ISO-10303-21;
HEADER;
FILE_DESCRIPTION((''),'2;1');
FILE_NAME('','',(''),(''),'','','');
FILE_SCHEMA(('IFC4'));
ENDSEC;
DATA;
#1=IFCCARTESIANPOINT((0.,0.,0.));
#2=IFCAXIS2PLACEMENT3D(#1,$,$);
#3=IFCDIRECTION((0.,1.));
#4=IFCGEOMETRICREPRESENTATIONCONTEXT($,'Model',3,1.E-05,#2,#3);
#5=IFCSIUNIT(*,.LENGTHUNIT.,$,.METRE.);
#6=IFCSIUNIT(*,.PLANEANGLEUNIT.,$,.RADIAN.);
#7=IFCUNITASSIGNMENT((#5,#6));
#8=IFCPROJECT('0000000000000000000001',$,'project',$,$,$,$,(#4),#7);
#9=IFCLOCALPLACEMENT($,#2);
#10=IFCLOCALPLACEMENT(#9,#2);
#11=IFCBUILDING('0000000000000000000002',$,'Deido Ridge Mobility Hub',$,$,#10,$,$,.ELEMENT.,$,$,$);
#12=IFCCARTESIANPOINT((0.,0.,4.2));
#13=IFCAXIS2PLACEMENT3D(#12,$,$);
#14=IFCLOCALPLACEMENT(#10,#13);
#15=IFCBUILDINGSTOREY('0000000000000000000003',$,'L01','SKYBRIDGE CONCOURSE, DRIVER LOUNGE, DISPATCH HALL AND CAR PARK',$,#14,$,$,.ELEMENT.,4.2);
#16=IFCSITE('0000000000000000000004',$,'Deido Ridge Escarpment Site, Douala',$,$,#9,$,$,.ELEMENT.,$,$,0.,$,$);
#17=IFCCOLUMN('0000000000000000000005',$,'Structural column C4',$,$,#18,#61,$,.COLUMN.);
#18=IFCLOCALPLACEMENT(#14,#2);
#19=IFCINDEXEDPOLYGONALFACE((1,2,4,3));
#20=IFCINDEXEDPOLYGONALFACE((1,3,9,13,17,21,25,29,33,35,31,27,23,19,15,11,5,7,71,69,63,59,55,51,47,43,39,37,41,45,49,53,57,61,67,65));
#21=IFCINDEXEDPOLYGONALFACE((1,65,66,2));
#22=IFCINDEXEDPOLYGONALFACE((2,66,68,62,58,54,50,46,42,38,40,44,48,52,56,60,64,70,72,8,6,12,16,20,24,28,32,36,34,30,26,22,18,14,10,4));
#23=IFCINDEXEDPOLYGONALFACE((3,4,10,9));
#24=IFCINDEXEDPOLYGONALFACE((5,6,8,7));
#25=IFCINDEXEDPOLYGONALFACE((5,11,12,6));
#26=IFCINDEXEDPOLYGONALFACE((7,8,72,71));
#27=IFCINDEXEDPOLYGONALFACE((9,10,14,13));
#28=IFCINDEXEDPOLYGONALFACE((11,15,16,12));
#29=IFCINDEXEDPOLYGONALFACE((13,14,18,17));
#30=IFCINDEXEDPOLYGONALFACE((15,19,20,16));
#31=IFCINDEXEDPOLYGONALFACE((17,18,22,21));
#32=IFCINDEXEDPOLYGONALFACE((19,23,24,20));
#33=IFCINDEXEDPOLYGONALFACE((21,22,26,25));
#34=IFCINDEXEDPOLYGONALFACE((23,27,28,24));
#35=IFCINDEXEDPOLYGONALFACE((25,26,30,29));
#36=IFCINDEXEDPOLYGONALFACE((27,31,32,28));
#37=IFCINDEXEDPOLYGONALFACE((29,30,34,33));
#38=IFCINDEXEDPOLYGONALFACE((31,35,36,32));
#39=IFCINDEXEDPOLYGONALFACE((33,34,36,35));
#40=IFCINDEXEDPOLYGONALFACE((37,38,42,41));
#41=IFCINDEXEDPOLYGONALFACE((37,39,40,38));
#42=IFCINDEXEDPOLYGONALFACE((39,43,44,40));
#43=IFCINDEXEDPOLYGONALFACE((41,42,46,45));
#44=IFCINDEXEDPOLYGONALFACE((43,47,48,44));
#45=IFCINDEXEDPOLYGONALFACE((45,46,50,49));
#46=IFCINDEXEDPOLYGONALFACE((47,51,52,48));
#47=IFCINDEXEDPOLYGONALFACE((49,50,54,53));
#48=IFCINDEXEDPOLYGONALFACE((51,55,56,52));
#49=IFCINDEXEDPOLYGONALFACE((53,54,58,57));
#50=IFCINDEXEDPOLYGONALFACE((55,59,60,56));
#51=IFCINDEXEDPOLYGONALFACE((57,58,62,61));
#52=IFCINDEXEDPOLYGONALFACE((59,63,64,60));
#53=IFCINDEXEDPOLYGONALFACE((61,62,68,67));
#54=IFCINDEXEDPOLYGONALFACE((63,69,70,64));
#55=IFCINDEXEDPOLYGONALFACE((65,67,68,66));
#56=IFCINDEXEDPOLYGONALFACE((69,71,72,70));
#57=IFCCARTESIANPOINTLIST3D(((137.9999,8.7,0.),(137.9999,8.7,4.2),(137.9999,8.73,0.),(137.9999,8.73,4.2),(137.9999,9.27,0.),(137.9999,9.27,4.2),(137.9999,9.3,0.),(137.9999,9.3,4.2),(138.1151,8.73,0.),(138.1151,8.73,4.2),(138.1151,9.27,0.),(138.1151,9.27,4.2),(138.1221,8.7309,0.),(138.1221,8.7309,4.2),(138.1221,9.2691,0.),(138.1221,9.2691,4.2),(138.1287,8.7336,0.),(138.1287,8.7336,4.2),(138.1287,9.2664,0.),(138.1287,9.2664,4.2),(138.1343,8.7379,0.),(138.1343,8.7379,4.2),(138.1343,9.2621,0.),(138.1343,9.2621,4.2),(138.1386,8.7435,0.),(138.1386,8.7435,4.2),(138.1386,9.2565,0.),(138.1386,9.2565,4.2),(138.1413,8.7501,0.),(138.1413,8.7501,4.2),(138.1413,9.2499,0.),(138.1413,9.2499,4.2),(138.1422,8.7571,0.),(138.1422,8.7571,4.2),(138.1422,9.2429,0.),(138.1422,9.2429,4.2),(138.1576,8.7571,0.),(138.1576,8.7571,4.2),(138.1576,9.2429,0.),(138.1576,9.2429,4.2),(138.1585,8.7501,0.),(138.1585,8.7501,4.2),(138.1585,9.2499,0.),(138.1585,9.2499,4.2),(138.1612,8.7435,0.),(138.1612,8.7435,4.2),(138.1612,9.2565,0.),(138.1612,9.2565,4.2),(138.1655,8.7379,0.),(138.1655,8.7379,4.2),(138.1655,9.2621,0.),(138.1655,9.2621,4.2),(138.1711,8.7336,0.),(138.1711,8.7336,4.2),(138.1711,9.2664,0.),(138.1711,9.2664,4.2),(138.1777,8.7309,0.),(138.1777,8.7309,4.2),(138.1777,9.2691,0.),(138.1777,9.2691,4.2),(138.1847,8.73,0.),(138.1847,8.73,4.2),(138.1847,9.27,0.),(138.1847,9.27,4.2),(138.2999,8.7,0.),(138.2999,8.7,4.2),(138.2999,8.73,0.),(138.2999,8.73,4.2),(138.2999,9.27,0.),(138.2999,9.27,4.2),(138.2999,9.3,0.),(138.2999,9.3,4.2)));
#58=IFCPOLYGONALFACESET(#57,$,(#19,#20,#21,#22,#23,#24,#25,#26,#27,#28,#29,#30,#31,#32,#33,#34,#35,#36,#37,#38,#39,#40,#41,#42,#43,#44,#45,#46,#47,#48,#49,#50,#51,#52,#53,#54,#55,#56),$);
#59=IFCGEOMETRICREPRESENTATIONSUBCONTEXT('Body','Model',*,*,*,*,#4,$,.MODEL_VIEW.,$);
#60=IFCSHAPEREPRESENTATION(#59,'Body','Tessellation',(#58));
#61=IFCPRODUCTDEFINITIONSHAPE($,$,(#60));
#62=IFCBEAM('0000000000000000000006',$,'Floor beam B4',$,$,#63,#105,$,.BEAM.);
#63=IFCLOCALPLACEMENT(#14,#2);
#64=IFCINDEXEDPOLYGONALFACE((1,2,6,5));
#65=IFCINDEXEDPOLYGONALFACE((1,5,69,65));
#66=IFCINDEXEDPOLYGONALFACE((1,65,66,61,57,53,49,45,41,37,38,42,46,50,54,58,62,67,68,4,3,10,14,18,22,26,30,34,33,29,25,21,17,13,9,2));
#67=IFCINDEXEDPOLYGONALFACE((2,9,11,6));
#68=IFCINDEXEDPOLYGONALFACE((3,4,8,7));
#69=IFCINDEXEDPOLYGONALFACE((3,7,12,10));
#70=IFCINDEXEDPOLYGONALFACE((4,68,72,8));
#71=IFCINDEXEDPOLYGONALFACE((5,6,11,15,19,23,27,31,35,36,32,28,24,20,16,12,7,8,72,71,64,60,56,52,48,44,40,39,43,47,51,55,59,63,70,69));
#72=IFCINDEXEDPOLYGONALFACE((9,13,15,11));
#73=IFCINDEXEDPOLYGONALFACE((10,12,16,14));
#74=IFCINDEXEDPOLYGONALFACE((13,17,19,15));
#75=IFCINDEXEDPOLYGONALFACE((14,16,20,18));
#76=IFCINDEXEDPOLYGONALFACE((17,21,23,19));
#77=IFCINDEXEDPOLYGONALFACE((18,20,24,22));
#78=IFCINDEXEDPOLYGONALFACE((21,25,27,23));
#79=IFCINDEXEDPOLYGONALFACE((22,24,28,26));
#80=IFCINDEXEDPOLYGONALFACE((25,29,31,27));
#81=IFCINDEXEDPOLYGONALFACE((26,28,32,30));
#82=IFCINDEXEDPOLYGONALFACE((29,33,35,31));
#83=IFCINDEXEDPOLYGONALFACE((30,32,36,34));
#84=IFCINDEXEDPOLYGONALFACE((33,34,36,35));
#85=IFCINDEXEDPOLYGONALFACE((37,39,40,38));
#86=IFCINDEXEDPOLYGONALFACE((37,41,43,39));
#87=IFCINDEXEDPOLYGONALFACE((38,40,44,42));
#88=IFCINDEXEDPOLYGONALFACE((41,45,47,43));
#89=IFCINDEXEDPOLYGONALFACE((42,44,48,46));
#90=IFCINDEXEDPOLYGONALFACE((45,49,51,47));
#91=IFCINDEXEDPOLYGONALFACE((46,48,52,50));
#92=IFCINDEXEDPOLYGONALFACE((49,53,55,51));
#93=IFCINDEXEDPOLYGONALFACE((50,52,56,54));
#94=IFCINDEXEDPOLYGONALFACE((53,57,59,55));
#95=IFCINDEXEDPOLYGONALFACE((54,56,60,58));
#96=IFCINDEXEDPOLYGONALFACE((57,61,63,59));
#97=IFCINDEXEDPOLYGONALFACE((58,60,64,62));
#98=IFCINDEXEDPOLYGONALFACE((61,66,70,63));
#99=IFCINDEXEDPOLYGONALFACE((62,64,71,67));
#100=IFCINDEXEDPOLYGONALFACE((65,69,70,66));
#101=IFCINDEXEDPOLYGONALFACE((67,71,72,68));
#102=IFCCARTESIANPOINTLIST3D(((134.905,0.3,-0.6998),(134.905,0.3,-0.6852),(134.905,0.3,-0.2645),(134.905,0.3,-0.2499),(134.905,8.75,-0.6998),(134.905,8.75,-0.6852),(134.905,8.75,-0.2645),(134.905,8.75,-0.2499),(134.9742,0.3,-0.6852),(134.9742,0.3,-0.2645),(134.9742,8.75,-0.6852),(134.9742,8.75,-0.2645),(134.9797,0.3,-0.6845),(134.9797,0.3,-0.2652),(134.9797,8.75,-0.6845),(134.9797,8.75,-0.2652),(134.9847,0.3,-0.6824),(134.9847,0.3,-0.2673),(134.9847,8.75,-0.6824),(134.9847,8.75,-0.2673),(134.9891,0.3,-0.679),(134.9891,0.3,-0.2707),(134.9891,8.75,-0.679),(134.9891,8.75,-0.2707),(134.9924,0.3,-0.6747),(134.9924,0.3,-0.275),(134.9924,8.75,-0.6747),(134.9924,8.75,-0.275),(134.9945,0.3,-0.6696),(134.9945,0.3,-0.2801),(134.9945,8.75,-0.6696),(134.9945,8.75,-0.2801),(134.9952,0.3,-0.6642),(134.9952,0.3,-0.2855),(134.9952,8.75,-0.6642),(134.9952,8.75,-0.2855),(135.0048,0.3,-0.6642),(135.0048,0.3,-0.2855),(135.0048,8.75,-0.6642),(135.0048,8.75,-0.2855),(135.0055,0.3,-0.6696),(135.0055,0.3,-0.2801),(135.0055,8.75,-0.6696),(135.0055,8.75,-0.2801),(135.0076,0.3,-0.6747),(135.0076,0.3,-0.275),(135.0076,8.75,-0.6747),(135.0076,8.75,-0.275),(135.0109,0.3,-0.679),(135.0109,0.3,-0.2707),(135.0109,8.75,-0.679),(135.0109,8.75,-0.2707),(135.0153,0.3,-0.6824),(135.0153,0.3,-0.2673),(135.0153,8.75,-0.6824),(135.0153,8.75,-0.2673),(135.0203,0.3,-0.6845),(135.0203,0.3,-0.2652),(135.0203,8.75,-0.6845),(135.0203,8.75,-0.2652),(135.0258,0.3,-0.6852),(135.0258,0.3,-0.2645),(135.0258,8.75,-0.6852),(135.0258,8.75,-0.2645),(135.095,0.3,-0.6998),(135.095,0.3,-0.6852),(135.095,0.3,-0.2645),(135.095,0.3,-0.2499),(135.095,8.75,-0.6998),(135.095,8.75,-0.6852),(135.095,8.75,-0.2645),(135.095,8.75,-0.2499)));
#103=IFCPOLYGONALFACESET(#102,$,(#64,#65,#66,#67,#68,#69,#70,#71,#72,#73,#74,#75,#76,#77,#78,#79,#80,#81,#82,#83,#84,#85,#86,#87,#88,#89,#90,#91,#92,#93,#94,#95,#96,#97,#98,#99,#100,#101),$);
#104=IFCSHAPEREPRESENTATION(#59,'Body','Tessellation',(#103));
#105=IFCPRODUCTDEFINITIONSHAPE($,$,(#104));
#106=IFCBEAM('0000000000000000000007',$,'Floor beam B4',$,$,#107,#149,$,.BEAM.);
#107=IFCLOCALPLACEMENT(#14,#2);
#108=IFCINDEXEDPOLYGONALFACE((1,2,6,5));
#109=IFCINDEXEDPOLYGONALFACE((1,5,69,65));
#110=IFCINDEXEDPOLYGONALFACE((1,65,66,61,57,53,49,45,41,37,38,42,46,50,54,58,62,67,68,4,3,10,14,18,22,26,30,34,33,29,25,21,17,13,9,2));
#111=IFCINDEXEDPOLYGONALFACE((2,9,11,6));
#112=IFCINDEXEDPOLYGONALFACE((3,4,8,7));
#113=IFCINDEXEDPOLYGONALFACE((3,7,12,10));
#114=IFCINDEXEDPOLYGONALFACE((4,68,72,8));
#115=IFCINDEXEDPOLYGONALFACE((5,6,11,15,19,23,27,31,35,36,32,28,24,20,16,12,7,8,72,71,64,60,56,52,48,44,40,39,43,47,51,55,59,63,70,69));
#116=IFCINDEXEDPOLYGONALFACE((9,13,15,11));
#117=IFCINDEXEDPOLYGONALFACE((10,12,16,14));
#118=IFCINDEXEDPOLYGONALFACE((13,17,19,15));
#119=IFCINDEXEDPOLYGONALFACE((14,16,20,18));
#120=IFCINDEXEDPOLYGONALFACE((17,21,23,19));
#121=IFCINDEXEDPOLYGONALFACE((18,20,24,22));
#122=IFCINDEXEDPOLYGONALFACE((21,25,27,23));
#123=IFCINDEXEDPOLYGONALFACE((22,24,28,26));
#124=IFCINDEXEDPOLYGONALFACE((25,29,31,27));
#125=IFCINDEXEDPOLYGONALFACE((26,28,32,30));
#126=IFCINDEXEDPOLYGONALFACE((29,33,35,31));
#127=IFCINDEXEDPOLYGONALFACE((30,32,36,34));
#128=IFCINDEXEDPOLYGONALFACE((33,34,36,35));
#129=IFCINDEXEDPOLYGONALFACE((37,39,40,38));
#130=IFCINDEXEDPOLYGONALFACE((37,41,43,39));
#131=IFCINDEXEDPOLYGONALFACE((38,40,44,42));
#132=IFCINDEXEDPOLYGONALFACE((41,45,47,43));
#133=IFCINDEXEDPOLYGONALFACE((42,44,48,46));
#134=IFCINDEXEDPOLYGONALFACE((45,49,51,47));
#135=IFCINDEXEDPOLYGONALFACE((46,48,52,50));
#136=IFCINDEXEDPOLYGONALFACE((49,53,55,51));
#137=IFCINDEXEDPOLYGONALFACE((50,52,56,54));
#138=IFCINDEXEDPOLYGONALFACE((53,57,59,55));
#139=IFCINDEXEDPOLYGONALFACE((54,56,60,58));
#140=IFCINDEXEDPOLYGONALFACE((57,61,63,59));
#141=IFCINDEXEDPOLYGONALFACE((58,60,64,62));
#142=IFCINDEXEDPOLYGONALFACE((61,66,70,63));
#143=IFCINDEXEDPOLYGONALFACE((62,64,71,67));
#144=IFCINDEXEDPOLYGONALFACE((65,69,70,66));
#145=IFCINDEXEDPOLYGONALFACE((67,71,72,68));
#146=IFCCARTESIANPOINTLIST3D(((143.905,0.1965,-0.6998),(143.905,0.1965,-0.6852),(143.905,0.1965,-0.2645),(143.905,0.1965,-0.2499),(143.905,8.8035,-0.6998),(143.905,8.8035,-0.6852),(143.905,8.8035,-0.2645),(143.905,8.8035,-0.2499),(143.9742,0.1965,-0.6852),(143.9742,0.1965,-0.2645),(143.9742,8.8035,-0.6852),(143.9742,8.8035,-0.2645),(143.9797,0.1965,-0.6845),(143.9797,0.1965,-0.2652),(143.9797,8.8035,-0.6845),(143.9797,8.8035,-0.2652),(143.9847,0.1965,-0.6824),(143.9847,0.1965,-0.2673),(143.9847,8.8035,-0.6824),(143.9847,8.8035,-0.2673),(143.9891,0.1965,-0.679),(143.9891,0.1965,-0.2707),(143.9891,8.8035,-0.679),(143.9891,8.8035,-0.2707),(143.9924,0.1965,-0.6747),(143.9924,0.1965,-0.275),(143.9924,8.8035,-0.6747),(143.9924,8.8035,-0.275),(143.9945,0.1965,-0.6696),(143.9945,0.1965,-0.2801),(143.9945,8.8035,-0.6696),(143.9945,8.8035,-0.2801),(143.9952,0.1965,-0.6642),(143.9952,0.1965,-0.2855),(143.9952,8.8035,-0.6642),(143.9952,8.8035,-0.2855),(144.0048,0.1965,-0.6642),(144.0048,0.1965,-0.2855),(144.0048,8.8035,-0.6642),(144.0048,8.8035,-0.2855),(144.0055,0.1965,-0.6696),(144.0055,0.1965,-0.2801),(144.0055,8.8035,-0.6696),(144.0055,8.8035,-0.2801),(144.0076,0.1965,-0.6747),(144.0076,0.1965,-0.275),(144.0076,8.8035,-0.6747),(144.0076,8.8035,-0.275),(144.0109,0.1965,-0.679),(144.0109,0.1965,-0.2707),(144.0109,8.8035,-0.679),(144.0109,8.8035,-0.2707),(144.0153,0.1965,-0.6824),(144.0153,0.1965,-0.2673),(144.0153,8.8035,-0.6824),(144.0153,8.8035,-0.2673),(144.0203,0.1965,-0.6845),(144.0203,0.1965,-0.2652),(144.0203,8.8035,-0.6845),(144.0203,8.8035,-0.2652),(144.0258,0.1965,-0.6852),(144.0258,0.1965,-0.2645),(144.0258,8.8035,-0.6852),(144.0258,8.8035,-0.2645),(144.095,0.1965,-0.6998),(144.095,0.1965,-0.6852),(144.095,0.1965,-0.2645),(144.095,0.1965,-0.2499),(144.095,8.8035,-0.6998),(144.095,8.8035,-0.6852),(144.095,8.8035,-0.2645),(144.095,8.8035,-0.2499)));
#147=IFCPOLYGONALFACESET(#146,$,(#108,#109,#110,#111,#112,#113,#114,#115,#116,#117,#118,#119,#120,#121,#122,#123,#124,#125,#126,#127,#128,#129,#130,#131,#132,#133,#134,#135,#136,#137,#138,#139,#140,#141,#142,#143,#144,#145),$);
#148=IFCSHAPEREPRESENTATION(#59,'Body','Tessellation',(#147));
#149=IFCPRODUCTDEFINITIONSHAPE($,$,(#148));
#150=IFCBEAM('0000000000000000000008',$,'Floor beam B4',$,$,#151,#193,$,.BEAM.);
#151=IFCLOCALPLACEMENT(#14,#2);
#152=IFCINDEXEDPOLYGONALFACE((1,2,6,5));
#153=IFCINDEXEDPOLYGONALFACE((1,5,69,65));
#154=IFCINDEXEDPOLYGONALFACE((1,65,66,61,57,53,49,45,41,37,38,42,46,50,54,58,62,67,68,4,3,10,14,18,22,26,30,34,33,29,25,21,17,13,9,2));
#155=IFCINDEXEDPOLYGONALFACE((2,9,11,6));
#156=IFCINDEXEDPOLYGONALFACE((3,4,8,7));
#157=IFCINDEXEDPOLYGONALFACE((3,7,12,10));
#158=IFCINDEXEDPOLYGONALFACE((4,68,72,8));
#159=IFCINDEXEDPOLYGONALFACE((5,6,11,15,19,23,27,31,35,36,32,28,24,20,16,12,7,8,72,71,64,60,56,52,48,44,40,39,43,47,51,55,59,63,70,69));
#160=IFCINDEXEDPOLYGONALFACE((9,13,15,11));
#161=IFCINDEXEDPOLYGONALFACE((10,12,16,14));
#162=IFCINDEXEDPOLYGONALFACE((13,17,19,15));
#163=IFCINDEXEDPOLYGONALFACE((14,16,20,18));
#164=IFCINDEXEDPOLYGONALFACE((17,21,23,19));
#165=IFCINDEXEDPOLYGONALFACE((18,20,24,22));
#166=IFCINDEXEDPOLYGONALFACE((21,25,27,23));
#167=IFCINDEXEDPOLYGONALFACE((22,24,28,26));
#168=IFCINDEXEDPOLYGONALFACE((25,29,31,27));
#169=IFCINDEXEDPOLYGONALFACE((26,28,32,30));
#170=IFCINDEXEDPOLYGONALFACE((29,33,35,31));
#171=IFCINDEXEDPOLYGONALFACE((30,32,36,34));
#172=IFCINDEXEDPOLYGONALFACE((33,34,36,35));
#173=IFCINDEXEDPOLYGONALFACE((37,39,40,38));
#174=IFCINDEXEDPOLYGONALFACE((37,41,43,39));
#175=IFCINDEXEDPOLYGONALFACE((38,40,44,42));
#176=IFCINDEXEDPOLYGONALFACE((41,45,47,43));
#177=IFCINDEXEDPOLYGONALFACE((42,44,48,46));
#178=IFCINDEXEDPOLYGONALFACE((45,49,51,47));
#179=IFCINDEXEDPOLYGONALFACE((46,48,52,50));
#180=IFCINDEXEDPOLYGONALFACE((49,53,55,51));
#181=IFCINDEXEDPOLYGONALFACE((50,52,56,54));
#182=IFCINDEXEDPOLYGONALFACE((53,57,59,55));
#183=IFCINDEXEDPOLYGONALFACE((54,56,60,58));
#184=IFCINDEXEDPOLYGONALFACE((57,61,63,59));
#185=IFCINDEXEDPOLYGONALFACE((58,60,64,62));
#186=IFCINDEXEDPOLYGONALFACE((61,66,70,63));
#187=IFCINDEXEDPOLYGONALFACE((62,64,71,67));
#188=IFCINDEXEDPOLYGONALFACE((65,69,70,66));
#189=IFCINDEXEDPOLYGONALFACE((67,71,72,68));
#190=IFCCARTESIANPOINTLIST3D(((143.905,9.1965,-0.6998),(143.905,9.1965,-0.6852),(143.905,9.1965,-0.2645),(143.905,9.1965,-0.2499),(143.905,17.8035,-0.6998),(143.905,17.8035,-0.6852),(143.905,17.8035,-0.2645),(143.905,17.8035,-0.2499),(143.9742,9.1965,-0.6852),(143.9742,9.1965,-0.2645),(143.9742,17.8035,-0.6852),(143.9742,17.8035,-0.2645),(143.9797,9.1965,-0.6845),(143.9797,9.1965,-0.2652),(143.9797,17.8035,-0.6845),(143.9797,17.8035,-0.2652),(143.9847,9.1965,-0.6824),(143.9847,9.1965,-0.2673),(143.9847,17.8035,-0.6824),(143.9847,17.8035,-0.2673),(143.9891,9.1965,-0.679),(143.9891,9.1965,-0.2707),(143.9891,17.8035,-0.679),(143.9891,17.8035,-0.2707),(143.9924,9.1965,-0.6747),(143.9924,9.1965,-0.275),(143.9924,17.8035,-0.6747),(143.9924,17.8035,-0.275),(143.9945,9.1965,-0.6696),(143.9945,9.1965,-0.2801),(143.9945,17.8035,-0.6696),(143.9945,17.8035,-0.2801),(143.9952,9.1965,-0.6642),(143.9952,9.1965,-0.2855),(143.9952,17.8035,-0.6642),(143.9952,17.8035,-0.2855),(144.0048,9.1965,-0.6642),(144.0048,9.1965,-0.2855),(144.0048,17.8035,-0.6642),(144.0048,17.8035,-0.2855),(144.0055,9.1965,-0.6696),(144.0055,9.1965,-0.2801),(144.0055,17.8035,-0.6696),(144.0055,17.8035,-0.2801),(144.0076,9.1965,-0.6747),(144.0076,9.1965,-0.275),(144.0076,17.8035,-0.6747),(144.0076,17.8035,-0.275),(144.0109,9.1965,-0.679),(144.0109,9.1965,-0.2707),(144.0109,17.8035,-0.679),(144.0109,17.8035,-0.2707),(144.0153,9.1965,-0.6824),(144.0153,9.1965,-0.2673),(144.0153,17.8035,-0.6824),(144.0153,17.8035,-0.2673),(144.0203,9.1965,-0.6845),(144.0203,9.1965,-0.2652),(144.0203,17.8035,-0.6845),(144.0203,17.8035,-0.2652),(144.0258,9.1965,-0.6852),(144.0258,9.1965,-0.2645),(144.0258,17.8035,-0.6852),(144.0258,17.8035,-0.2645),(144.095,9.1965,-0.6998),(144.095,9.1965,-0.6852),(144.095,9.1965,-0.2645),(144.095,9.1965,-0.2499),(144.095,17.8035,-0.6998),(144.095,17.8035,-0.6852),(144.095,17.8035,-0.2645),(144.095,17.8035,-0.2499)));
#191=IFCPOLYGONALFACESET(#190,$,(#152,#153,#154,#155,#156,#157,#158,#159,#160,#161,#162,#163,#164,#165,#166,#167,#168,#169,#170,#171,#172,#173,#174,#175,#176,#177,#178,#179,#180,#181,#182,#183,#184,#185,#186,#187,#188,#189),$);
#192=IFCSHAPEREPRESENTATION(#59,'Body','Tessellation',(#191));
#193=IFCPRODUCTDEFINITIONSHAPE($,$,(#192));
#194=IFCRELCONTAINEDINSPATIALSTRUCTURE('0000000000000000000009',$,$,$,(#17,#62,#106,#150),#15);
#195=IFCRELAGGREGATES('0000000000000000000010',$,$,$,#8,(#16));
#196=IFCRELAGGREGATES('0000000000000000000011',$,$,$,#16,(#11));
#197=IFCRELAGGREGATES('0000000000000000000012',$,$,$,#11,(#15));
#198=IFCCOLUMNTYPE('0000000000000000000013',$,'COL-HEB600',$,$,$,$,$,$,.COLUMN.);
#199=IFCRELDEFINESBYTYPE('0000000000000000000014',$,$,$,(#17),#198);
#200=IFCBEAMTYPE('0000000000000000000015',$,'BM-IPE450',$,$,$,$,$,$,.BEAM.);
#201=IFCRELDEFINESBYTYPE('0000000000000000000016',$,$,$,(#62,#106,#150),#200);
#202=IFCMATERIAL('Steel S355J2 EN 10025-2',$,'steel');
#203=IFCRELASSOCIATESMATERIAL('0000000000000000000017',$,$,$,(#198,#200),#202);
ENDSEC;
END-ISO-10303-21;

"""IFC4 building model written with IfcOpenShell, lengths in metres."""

from ifc_helpers import new_model, si_unit, direction, frame, origin, origin_2d, place, context, subcontext, project, spatial, i_section, extrude, material, material_profile, profile_set, type_object, element, save


model = new_model("IFC4")

# Units and contexts
model_context = context("Model", 3, precision=1e-05, world=origin(), true_north=direction((0.0, 1.0)))
body_context = subcontext(model_context, "Body", "Model", "MODEL_VIEW")
ifc_project = project(units=[si_unit("LENGTHUNIT", "METRE"), si_unit("PLANEANGLEUNIT", "RADIAN")], contexts=[model_context])

# Site, building, storey
site_placement = place(None, origin())
site = spatial("IfcSite", under=ifc_project, at=site_placement, Name="Deido Ridge Escarpment Site, Douala", CompositionType="ELEMENT", RefElevation=0.0)
building_placement = place(site_placement, origin())
building = spatial("IfcBuilding", under=site, at=building_placement, Name="Deido Ridge Mobility Hub", CompositionType="ELEMENT")
storey_placement = place(building_placement, frame((0.0, 0.0, 4.2)))
storey = spatial("IfcBuildingStorey", under=building, at=storey_placement, Name="L01", Description="SKYBRIDGE CONCOURSE, DRIVER LOUNGE, DISPATCH HALL AND CAR PARK", CompositionType="ELEMENT", Elevation=4.2)

# Column
ifc_material_1 = material(Name="Steel S355J2 EN 10025-2", Category="steel")
ifc_material_profile_1 = material_profile(ifc_material_1, i_section(OverallWidth=0.3, OverallDepth=0.6001, WebThickness=0.0154, FlangeThickness=0.03, FilletRadius=0.0271, at=origin_2d()), Name="HEB 600")
ifc_profile_set_1 = profile_set([ifc_material_profile_1], Name="Steel S355J2 EN 10025-2")
column_type_1 = type_object("IfcColumnType", Name="COL-HEB600", PredefinedType="COLUMN", material=ifc_profile_set_1)
for number, where, z_axis, x_axis, name in (
    (1, (138.1499, 9.0, 0.0), (0.0, 0.0, 1.0), (1.0, 0.0, 0.0), "Structural column C4"),
):
    element("IfcColumn", number, at=place(storey_placement, frame(where, z_axis=z_axis, x_axis=x_axis)), inside=storey, type_object=column_type_1, Name=name, PredefinedType="COLUMN", context=body_context, shape_type="SweptSolid", body=[
        extrude(i_section(OverallWidth=0.3, OverallDepth=0.6001, WebThickness=0.0154, FlangeThickness=0.03, FilletRadius=0.0271, at=origin_2d()), origin(), (0.0, 0.0, 1.0), 4.2),
    ])

# Beams
ifc_material_profile_2 = material_profile(ifc_material_1, i_section(OverallWidth=0.1899, OverallDepth=0.45, WebThickness=0.0095, FlangeThickness=0.0146, FilletRadius=0.021, at=origin_2d()), Name="IPE 450")
ifc_profile_set_2 = profile_set([ifc_material_profile_2], Name="Steel S355J2 EN 10025-2")
beam_type_1 = type_object("IfcBeamType", Name="BM-IPE450", PredefinedType="BEAM", material=ifc_profile_set_2)
beam_1_placement = place(storey_placement, frame((135.0, 0.3, -0.4749), z_axis=(0.0, 1.0, 0.0), x_axis=(-1.0, 0.0, 0.0)))
element("IfcBeam", 2, at=beam_1_placement, inside=storey, type_object=beam_type_1, Name="Floor beam B4", PredefinedType="BEAM", context=body_context, shape_type="SweptSolid", body=[
    extrude(i_section(OverallWidth=0.1899, OverallDepth=0.45, WebThickness=0.0095, FlangeThickness=0.0146, FilletRadius=0.021, at=origin_2d()), origin(), (0.0, 0.0, 1.0), 8.45),
])
for number, where, z_axis, x_axis, name in (
    (3, (144.0, 0.1965, -0.4749), (0.0, 1.0, 0.0), (-1.0, 0.0, 0.0), "Floor beam B4"),
    (4, (144.0, 9.1965, -0.4749), (0.0, 1.0, 0.0), (-1.0, 0.0, 0.0), "Floor beam B4"),
):
    element("IfcBeam", number, at=place(storey_placement, frame(where, z_axis=z_axis, x_axis=x_axis)), inside=storey, type_object=beam_type_1, Name=name, PredefinedType="BEAM", context=body_context, shape_type="SweptSolid", body=[
        extrude(i_section(OverallWidth=0.1899, OverallDepth=0.45, WebThickness=0.0095, FlangeThickness=0.0146, FilletRadius=0.021, at=origin_2d()), origin(), (0.0, 0.0, 1.0), 8.6069),
    ])

save(model, "model.ifc")
